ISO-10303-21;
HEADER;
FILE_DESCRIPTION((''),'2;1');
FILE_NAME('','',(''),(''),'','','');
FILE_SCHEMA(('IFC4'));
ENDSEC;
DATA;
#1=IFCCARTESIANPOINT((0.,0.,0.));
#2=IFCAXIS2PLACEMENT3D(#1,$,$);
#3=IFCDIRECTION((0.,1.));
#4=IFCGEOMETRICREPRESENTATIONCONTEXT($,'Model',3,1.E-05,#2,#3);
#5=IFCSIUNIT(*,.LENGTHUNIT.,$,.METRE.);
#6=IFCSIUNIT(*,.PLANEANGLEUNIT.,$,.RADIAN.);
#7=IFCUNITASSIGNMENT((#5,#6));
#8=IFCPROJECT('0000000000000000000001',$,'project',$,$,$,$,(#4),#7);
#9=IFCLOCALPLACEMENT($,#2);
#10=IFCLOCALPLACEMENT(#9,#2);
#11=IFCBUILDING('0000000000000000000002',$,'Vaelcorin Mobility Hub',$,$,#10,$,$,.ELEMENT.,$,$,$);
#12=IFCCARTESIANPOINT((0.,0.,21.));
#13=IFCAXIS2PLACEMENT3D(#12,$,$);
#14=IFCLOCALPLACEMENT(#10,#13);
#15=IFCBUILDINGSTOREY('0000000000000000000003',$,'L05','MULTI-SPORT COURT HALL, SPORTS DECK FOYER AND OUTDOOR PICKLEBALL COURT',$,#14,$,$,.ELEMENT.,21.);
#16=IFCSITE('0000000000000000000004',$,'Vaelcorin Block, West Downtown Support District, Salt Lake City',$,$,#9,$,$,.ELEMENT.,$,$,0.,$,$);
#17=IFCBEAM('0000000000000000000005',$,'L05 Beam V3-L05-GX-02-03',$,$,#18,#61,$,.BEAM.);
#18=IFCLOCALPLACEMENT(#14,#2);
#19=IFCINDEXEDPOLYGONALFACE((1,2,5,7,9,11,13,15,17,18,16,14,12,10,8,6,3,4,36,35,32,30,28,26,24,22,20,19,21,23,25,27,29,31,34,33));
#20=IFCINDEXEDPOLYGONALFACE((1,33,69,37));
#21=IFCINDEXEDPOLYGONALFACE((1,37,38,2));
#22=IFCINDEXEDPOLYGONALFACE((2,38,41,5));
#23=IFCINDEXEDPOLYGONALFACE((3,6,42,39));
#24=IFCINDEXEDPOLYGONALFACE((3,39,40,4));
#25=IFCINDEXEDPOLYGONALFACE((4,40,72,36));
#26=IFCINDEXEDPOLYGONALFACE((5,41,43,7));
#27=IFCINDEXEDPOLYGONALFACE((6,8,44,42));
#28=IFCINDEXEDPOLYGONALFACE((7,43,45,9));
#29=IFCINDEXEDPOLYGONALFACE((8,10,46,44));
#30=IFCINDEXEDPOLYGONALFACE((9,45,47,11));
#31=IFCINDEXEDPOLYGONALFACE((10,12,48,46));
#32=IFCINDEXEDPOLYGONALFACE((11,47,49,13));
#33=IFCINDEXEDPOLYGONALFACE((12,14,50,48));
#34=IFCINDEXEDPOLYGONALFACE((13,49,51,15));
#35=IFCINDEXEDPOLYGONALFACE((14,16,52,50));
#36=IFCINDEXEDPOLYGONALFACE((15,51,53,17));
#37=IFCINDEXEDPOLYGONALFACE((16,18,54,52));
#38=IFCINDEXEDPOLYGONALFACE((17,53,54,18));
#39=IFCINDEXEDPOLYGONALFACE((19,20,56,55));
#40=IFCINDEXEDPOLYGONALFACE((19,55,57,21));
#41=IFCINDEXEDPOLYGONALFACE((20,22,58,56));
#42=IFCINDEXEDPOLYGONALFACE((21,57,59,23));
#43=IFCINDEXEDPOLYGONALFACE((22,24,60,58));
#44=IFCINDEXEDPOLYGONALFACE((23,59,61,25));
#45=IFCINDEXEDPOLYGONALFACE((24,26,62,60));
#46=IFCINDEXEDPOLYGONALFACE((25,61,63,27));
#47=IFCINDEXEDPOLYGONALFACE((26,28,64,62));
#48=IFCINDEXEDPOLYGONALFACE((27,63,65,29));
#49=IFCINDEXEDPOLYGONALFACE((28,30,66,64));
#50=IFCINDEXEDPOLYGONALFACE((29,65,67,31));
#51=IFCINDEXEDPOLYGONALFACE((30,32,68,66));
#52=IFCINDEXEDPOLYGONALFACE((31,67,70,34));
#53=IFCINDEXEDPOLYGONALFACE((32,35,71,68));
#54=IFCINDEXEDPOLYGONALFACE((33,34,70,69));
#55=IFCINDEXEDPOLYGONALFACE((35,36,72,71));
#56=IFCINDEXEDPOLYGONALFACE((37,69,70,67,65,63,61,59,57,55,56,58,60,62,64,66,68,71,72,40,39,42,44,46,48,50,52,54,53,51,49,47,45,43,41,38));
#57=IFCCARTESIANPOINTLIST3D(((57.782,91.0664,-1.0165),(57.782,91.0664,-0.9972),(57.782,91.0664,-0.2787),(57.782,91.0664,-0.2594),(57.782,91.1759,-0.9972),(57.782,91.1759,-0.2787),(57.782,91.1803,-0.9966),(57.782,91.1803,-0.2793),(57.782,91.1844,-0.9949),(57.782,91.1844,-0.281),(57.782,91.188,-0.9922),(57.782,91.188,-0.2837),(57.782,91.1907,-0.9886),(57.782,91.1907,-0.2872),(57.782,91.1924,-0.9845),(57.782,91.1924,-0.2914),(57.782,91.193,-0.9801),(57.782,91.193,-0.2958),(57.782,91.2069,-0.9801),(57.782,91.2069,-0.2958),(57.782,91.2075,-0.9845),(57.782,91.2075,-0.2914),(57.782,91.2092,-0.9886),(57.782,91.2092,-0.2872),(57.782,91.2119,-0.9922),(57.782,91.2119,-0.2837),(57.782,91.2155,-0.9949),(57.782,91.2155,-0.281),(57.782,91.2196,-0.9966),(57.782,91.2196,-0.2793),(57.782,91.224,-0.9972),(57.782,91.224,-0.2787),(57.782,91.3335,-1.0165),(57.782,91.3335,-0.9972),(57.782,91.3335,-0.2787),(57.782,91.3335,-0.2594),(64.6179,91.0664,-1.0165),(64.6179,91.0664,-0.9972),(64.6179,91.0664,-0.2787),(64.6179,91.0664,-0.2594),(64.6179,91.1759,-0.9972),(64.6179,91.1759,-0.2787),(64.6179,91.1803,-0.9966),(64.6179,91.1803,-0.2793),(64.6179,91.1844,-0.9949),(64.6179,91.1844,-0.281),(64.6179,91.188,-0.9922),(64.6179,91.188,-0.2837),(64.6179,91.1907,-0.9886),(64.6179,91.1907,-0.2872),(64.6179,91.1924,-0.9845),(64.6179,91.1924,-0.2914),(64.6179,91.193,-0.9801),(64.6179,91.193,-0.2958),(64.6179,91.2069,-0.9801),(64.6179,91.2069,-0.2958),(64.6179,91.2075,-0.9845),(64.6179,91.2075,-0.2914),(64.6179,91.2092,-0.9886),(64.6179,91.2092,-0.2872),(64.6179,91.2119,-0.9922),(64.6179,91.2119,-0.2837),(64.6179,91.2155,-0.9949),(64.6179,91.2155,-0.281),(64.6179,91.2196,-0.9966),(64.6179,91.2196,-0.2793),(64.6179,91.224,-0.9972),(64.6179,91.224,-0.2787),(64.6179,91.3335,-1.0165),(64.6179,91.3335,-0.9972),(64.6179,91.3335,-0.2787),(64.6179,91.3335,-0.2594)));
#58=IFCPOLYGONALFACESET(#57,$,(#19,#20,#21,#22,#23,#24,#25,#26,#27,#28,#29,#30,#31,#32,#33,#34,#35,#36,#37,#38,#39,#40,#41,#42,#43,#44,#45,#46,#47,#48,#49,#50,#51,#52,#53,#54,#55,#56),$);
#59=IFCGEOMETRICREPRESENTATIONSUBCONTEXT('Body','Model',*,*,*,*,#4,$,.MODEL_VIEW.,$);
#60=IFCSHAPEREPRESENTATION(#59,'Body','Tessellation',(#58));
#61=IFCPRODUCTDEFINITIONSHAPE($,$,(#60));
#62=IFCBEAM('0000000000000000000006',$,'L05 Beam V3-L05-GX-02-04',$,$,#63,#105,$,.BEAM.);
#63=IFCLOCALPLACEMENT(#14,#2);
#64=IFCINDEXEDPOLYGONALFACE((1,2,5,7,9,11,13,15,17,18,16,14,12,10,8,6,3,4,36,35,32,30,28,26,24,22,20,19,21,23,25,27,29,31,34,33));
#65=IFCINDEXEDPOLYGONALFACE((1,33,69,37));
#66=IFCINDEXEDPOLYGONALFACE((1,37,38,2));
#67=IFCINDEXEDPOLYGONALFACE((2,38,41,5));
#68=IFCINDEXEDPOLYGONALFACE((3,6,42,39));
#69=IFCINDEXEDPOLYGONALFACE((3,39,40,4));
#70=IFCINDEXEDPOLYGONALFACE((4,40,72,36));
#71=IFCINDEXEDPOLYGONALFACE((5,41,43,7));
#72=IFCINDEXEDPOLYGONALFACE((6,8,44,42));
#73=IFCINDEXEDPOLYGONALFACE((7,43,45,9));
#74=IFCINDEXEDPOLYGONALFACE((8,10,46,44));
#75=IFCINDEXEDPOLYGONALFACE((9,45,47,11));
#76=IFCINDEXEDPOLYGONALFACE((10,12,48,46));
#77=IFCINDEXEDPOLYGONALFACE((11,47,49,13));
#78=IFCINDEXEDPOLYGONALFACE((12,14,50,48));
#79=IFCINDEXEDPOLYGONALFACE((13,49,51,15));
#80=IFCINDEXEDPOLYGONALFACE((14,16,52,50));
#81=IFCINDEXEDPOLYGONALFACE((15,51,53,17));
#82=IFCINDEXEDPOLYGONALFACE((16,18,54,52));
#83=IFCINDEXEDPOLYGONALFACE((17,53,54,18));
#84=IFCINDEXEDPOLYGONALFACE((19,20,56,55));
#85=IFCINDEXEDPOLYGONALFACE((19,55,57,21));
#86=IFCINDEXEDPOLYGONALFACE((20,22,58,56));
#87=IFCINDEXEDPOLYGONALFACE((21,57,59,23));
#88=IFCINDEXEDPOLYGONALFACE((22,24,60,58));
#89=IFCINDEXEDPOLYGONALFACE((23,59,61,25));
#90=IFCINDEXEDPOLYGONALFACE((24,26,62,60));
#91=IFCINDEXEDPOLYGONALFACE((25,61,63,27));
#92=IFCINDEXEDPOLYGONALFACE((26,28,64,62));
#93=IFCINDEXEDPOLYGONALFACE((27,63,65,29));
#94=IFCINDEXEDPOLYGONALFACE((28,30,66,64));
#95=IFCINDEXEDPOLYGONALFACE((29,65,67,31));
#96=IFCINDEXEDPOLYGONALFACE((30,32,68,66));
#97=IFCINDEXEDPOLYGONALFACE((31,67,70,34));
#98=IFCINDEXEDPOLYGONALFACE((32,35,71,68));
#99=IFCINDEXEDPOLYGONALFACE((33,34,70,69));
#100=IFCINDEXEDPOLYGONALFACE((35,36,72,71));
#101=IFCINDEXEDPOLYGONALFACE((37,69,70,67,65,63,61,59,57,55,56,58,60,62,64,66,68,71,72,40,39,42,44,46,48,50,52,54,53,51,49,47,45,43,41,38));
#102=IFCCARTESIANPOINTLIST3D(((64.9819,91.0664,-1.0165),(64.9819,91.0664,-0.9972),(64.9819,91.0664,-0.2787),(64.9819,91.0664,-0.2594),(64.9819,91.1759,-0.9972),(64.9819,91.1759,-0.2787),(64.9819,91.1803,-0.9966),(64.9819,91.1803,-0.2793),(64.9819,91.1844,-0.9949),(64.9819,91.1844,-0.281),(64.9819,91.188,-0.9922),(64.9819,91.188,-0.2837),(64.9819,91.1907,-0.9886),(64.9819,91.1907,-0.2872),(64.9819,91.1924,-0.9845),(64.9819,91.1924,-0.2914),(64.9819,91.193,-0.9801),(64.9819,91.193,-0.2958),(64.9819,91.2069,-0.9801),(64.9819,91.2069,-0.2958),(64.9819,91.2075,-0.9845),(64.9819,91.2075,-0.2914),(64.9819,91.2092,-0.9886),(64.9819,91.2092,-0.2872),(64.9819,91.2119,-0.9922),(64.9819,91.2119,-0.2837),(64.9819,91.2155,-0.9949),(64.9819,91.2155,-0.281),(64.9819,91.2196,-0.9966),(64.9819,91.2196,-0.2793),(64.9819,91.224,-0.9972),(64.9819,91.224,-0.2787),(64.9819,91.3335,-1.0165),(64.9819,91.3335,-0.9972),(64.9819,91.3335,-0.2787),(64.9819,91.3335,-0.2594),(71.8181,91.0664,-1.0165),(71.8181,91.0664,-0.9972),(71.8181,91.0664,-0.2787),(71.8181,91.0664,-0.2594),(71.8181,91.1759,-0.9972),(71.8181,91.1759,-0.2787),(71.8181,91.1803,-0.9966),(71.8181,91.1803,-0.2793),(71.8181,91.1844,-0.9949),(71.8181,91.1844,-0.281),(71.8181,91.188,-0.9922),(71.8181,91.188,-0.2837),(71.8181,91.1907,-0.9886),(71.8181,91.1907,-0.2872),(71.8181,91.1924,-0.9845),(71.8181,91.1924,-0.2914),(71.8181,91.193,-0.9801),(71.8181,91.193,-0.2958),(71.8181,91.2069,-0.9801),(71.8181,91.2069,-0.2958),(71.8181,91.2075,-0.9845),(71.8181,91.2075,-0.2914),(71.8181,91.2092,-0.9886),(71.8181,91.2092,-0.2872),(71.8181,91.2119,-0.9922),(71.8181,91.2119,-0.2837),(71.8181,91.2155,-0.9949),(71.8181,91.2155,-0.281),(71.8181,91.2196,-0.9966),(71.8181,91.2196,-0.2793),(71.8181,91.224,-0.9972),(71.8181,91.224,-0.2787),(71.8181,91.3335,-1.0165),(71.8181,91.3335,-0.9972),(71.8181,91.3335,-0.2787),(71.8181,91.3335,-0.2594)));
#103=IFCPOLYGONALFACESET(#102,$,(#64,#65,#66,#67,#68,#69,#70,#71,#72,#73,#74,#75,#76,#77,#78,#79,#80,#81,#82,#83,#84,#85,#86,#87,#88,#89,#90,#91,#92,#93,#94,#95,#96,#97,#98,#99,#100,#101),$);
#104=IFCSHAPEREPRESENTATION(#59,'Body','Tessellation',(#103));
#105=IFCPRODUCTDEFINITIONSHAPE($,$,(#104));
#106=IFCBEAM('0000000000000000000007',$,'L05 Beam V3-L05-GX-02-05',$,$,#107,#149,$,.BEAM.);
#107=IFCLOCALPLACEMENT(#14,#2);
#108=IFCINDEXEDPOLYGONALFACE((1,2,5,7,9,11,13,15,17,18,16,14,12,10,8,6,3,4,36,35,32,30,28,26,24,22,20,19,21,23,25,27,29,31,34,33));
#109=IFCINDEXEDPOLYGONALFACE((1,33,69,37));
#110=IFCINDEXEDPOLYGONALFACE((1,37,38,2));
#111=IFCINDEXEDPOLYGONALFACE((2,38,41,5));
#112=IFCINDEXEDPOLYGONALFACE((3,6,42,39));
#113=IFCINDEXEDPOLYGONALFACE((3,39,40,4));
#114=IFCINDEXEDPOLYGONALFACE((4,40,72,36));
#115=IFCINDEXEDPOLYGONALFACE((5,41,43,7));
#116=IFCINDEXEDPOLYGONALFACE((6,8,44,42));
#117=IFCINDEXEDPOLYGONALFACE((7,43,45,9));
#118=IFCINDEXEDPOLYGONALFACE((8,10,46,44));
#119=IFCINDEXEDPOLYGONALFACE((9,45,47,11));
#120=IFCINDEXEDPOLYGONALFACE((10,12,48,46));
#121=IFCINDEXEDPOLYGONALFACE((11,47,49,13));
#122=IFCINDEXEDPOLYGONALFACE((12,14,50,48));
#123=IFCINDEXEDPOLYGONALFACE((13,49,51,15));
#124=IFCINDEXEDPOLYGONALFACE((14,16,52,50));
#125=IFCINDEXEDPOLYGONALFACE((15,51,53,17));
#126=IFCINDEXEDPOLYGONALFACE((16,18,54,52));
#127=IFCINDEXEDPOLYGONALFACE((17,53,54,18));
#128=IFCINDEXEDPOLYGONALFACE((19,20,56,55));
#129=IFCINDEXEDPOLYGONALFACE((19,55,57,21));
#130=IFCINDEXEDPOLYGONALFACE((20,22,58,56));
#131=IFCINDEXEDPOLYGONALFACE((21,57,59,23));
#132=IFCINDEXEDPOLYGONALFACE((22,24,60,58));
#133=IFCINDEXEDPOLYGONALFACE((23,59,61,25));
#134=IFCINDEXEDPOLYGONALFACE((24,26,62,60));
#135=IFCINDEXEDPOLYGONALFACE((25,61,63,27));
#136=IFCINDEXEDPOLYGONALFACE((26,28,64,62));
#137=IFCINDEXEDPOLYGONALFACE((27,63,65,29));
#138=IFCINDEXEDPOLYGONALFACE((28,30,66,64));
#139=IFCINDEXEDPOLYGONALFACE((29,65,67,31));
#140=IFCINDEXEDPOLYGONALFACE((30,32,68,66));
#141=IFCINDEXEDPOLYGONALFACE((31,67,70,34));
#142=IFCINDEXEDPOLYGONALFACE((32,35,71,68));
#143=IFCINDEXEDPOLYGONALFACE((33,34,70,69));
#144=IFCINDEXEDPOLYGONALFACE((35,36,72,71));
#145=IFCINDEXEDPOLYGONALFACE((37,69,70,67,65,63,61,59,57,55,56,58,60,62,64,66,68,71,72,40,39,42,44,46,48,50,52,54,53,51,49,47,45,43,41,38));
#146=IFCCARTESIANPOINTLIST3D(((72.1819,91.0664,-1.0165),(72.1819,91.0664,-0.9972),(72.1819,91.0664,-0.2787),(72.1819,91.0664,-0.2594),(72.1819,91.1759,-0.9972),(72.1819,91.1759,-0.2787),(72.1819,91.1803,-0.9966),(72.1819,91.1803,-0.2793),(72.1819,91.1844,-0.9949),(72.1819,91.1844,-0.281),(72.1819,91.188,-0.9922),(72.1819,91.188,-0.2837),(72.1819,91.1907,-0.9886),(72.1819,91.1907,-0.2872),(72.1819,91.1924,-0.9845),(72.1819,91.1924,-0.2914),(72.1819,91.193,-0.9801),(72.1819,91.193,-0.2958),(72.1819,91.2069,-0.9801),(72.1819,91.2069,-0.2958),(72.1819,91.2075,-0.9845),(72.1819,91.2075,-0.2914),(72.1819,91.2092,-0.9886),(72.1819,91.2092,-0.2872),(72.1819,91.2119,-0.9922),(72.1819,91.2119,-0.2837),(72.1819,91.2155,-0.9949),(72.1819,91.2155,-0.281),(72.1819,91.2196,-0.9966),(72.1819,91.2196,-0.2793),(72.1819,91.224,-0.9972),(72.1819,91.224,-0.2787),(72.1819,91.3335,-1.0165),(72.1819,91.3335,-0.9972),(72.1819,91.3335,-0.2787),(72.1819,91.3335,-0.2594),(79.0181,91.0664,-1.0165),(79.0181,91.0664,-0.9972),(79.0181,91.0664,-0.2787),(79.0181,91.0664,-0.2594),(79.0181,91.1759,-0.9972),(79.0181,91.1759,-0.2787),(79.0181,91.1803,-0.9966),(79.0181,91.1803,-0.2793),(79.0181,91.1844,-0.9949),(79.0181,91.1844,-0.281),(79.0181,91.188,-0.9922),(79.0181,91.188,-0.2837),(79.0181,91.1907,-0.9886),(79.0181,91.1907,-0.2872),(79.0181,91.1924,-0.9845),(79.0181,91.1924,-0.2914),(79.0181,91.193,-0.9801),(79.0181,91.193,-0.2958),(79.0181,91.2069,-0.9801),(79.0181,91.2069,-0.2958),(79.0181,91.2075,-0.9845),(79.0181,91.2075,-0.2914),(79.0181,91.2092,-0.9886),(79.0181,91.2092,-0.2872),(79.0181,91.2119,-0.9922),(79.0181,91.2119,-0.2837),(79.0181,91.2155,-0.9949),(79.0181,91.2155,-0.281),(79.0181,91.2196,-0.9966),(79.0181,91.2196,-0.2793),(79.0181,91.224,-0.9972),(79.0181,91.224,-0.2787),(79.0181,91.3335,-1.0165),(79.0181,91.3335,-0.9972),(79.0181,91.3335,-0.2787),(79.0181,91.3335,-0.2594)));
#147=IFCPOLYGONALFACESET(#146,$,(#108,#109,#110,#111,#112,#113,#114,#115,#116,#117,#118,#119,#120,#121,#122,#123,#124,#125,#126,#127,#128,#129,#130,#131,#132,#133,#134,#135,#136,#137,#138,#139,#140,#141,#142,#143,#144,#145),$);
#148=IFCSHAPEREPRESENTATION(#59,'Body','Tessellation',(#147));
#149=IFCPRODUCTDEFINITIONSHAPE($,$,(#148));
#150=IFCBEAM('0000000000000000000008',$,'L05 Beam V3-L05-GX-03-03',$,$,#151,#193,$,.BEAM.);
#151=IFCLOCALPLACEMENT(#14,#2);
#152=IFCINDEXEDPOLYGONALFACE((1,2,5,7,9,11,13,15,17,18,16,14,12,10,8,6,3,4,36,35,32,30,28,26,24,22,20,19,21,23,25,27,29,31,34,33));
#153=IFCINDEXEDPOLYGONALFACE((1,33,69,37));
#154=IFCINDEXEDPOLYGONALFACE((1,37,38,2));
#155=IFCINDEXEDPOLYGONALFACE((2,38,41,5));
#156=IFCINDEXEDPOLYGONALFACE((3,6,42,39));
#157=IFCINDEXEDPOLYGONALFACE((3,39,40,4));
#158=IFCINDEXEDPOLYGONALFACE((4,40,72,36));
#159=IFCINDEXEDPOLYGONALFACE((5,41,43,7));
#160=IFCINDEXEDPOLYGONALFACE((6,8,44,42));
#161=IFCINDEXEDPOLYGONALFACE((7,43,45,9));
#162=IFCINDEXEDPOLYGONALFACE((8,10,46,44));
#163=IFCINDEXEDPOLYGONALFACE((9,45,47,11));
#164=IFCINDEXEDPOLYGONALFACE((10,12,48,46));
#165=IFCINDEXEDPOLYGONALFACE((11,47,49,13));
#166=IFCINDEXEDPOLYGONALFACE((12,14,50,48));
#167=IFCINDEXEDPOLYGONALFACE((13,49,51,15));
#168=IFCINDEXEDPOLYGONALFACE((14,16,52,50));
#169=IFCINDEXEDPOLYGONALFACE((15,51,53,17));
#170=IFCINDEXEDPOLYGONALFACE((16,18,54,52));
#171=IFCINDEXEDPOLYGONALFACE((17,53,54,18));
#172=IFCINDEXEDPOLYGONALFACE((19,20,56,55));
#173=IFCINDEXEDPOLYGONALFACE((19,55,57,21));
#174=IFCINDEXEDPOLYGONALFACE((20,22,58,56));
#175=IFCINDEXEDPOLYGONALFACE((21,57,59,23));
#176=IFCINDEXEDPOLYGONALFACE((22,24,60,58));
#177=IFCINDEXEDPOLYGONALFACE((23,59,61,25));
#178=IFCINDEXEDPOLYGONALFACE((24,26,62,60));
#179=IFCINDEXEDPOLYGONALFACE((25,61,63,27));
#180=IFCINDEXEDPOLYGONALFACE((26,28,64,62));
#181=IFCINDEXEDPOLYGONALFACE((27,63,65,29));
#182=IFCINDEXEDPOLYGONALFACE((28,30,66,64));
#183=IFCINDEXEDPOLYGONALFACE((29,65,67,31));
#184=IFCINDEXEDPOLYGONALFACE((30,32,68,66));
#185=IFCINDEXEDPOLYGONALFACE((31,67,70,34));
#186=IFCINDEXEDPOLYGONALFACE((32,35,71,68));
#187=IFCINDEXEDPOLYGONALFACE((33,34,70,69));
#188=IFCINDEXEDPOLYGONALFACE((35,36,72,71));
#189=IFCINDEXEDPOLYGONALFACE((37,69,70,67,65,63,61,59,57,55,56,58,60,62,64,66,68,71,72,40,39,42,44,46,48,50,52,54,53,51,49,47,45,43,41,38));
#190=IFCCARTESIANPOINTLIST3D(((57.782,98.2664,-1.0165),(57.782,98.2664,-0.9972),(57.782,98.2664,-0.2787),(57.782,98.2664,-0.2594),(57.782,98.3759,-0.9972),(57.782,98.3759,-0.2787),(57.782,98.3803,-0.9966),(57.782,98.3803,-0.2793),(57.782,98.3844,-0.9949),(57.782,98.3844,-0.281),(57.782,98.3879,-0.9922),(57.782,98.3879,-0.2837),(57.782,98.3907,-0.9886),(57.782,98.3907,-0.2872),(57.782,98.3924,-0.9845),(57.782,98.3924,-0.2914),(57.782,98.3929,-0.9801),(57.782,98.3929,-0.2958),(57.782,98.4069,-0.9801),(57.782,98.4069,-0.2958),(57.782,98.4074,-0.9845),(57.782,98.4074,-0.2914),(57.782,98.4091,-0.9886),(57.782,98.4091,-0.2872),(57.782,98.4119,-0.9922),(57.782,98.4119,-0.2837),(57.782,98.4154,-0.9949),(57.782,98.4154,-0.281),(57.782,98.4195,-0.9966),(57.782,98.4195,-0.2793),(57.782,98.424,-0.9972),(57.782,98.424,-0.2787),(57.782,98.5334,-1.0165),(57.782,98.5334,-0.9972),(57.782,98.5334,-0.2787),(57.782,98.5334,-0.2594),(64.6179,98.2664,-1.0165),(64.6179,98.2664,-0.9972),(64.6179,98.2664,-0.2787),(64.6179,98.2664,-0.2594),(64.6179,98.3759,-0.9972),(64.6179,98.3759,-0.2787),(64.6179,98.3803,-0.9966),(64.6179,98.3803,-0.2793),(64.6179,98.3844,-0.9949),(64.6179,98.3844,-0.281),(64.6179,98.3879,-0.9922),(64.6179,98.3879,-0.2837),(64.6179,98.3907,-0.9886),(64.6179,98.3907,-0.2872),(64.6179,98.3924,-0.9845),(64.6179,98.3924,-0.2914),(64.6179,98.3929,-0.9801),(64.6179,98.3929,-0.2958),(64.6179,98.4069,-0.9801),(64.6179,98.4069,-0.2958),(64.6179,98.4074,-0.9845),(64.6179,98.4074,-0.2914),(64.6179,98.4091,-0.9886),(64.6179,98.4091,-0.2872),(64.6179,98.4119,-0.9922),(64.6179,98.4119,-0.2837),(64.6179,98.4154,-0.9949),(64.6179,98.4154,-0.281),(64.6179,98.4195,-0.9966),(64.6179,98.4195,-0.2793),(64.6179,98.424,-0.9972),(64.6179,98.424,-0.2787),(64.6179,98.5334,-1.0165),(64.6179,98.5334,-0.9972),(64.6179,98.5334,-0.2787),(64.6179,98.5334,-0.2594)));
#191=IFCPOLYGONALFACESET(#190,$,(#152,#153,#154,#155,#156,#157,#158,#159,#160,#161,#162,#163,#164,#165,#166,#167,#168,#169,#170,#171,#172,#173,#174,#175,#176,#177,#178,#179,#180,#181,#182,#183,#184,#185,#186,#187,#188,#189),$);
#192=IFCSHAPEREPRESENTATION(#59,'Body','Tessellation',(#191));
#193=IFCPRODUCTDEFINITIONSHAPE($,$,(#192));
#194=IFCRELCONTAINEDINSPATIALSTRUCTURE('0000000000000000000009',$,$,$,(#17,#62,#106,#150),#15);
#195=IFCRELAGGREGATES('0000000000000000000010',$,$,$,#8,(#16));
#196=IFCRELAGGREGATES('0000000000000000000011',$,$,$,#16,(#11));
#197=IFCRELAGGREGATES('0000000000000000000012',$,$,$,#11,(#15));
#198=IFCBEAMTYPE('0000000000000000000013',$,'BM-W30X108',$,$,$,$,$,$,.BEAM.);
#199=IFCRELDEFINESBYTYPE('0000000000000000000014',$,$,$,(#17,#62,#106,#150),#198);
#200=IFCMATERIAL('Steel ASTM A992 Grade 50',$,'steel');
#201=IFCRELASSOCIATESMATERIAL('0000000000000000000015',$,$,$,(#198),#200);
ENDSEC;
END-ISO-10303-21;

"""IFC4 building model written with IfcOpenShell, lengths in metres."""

from ifc_helpers import new_model, si_unit, direction, frame, origin, origin_2d, place, context, subcontext, project, spatial, i_section, extrude, material, material_profile, profile_set, type_object, element, save


model = new_model("IFC4")

# Units and contexts
model_context = context("Model", 3, precision=1e-05, world=origin(), true_north=direction((0.0, 1.0)))
body_context = subcontext(model_context, "Body", "Model", "MODEL_VIEW")
ifc_project = project(units=[si_unit("LENGTHUNIT", "METRE"), si_unit("PLANEANGLEUNIT", "RADIAN")], contexts=[model_context])

# Site, building, storey
site_placement = place(None, origin())
site = spatial("IfcSite", under=ifc_project, at=site_placement, Name="Vaelcorin Block, West Downtown Support District, Salt Lake City", CompositionType="ELEMENT", RefElevation=0.0)
building_placement = place(site_placement, origin())
building = spatial("IfcBuilding", under=site, at=building_placement, Name="Vaelcorin Mobility Hub", CompositionType="ELEMENT")
storey_placement = place(building_placement, frame((0.0, 0.0, 21.0)))
storey = spatial("IfcBuildingStorey", under=building, at=storey_placement, Name="L05", Description="MULTI-SPORT COURT HALL, SPORTS DECK FOYER AND OUTDOOR PICKLEBALL COURT", CompositionType="ELEMENT", Elevation=21.0)

# Beams
ifc_material_1 = material(Name="Steel ASTM A992 Grade 50", Category="steel")
ifc_material_profile_1 = material_profile(ifc_material_1, i_section(OverallWidth=0.2671, OverallDepth=0.7571, WebThickness=0.0139, FlangeThickness=0.0193, FilletRadius=0.0171, at=origin_2d()), Name="W30X108")
ifc_profile_set_1 = profile_set([ifc_material_profile_1], Name="Steel ASTM A992 Grade 50")
beam_type_1 = type_object("IfcBeamType", Name="BM-W30X108", PredefinedType="BEAM", material=ifc_profile_set_1)
beam_1_placement = place(storey_placement, frame((57.782, 91.2, -0.6379), z_axis=(1.0, 0.0, 0.0), x_axis=(0.0, 1.0, 0.0)))
element("IfcBeam", 1, at=beam_1_placement, inside=storey, type_object=beam_type_1, Name="L05 Beam V3-L05-GX-02-03", PredefinedType="BEAM", context=body_context, shape_type="SweptSolid", body=[
    extrude(i_section(OverallWidth=0.2671, OverallDepth=0.7571, WebThickness=0.0139, FlangeThickness=0.0193, FilletRadius=0.0171, at=origin_2d()), origin(), (0.0, 0.0, 1.0), 6.8359),
])
for number, where, z_axis, x_axis, name in (
    (2, (64.9819, 91.2, -0.6379), (1.0, 0.0, 0.0), (0.0, 1.0, 0.0), "L05 Beam V3-L05-GX-02-04"),
    (3, (72.1819, 91.2, -0.6379), (1.0, 0.0, 0.0), (0.0, 1.0, 0.0), "L05 Beam V3-L05-GX-02-05"),
):
    element("IfcBeam", number, at=place(storey_placement, frame(where, z_axis=z_axis, x_axis=x_axis)), inside=storey, type_object=beam_type_1, Name=name, PredefinedType="BEAM", context=body_context, shape_type="SweptSolid", body=[
        extrude(i_section(OverallWidth=0.2671, OverallDepth=0.7571, WebThickness=0.0139, FlangeThickness=0.0193, FilletRadius=0.0171, at=origin_2d()), origin(), (0.0, 0.0, 1.0), 6.8362),
    ])
beam_2_placement = place(storey_placement, frame((57.782, 98.3999, -0.6379), z_axis=(1.0, 0.0, 0.0), x_axis=(0.0, 1.0, 0.0)))
element("IfcBeam", 4, at=beam_2_placement, inside=storey, type_object=beam_type_1, Name="L05 Beam V3-L05-GX-03-03", PredefinedType="BEAM", context=body_context, shape_type="SweptSolid", body=[
    extrude(i_section(OverallWidth=0.2671, OverallDepth=0.7571, WebThickness=0.0139, FlangeThickness=0.0193, FilletRadius=0.0171, at=origin_2d()), origin(), (0.0, 0.0, 1.0), 6.8359),
])

save(model, "model.ifc")
